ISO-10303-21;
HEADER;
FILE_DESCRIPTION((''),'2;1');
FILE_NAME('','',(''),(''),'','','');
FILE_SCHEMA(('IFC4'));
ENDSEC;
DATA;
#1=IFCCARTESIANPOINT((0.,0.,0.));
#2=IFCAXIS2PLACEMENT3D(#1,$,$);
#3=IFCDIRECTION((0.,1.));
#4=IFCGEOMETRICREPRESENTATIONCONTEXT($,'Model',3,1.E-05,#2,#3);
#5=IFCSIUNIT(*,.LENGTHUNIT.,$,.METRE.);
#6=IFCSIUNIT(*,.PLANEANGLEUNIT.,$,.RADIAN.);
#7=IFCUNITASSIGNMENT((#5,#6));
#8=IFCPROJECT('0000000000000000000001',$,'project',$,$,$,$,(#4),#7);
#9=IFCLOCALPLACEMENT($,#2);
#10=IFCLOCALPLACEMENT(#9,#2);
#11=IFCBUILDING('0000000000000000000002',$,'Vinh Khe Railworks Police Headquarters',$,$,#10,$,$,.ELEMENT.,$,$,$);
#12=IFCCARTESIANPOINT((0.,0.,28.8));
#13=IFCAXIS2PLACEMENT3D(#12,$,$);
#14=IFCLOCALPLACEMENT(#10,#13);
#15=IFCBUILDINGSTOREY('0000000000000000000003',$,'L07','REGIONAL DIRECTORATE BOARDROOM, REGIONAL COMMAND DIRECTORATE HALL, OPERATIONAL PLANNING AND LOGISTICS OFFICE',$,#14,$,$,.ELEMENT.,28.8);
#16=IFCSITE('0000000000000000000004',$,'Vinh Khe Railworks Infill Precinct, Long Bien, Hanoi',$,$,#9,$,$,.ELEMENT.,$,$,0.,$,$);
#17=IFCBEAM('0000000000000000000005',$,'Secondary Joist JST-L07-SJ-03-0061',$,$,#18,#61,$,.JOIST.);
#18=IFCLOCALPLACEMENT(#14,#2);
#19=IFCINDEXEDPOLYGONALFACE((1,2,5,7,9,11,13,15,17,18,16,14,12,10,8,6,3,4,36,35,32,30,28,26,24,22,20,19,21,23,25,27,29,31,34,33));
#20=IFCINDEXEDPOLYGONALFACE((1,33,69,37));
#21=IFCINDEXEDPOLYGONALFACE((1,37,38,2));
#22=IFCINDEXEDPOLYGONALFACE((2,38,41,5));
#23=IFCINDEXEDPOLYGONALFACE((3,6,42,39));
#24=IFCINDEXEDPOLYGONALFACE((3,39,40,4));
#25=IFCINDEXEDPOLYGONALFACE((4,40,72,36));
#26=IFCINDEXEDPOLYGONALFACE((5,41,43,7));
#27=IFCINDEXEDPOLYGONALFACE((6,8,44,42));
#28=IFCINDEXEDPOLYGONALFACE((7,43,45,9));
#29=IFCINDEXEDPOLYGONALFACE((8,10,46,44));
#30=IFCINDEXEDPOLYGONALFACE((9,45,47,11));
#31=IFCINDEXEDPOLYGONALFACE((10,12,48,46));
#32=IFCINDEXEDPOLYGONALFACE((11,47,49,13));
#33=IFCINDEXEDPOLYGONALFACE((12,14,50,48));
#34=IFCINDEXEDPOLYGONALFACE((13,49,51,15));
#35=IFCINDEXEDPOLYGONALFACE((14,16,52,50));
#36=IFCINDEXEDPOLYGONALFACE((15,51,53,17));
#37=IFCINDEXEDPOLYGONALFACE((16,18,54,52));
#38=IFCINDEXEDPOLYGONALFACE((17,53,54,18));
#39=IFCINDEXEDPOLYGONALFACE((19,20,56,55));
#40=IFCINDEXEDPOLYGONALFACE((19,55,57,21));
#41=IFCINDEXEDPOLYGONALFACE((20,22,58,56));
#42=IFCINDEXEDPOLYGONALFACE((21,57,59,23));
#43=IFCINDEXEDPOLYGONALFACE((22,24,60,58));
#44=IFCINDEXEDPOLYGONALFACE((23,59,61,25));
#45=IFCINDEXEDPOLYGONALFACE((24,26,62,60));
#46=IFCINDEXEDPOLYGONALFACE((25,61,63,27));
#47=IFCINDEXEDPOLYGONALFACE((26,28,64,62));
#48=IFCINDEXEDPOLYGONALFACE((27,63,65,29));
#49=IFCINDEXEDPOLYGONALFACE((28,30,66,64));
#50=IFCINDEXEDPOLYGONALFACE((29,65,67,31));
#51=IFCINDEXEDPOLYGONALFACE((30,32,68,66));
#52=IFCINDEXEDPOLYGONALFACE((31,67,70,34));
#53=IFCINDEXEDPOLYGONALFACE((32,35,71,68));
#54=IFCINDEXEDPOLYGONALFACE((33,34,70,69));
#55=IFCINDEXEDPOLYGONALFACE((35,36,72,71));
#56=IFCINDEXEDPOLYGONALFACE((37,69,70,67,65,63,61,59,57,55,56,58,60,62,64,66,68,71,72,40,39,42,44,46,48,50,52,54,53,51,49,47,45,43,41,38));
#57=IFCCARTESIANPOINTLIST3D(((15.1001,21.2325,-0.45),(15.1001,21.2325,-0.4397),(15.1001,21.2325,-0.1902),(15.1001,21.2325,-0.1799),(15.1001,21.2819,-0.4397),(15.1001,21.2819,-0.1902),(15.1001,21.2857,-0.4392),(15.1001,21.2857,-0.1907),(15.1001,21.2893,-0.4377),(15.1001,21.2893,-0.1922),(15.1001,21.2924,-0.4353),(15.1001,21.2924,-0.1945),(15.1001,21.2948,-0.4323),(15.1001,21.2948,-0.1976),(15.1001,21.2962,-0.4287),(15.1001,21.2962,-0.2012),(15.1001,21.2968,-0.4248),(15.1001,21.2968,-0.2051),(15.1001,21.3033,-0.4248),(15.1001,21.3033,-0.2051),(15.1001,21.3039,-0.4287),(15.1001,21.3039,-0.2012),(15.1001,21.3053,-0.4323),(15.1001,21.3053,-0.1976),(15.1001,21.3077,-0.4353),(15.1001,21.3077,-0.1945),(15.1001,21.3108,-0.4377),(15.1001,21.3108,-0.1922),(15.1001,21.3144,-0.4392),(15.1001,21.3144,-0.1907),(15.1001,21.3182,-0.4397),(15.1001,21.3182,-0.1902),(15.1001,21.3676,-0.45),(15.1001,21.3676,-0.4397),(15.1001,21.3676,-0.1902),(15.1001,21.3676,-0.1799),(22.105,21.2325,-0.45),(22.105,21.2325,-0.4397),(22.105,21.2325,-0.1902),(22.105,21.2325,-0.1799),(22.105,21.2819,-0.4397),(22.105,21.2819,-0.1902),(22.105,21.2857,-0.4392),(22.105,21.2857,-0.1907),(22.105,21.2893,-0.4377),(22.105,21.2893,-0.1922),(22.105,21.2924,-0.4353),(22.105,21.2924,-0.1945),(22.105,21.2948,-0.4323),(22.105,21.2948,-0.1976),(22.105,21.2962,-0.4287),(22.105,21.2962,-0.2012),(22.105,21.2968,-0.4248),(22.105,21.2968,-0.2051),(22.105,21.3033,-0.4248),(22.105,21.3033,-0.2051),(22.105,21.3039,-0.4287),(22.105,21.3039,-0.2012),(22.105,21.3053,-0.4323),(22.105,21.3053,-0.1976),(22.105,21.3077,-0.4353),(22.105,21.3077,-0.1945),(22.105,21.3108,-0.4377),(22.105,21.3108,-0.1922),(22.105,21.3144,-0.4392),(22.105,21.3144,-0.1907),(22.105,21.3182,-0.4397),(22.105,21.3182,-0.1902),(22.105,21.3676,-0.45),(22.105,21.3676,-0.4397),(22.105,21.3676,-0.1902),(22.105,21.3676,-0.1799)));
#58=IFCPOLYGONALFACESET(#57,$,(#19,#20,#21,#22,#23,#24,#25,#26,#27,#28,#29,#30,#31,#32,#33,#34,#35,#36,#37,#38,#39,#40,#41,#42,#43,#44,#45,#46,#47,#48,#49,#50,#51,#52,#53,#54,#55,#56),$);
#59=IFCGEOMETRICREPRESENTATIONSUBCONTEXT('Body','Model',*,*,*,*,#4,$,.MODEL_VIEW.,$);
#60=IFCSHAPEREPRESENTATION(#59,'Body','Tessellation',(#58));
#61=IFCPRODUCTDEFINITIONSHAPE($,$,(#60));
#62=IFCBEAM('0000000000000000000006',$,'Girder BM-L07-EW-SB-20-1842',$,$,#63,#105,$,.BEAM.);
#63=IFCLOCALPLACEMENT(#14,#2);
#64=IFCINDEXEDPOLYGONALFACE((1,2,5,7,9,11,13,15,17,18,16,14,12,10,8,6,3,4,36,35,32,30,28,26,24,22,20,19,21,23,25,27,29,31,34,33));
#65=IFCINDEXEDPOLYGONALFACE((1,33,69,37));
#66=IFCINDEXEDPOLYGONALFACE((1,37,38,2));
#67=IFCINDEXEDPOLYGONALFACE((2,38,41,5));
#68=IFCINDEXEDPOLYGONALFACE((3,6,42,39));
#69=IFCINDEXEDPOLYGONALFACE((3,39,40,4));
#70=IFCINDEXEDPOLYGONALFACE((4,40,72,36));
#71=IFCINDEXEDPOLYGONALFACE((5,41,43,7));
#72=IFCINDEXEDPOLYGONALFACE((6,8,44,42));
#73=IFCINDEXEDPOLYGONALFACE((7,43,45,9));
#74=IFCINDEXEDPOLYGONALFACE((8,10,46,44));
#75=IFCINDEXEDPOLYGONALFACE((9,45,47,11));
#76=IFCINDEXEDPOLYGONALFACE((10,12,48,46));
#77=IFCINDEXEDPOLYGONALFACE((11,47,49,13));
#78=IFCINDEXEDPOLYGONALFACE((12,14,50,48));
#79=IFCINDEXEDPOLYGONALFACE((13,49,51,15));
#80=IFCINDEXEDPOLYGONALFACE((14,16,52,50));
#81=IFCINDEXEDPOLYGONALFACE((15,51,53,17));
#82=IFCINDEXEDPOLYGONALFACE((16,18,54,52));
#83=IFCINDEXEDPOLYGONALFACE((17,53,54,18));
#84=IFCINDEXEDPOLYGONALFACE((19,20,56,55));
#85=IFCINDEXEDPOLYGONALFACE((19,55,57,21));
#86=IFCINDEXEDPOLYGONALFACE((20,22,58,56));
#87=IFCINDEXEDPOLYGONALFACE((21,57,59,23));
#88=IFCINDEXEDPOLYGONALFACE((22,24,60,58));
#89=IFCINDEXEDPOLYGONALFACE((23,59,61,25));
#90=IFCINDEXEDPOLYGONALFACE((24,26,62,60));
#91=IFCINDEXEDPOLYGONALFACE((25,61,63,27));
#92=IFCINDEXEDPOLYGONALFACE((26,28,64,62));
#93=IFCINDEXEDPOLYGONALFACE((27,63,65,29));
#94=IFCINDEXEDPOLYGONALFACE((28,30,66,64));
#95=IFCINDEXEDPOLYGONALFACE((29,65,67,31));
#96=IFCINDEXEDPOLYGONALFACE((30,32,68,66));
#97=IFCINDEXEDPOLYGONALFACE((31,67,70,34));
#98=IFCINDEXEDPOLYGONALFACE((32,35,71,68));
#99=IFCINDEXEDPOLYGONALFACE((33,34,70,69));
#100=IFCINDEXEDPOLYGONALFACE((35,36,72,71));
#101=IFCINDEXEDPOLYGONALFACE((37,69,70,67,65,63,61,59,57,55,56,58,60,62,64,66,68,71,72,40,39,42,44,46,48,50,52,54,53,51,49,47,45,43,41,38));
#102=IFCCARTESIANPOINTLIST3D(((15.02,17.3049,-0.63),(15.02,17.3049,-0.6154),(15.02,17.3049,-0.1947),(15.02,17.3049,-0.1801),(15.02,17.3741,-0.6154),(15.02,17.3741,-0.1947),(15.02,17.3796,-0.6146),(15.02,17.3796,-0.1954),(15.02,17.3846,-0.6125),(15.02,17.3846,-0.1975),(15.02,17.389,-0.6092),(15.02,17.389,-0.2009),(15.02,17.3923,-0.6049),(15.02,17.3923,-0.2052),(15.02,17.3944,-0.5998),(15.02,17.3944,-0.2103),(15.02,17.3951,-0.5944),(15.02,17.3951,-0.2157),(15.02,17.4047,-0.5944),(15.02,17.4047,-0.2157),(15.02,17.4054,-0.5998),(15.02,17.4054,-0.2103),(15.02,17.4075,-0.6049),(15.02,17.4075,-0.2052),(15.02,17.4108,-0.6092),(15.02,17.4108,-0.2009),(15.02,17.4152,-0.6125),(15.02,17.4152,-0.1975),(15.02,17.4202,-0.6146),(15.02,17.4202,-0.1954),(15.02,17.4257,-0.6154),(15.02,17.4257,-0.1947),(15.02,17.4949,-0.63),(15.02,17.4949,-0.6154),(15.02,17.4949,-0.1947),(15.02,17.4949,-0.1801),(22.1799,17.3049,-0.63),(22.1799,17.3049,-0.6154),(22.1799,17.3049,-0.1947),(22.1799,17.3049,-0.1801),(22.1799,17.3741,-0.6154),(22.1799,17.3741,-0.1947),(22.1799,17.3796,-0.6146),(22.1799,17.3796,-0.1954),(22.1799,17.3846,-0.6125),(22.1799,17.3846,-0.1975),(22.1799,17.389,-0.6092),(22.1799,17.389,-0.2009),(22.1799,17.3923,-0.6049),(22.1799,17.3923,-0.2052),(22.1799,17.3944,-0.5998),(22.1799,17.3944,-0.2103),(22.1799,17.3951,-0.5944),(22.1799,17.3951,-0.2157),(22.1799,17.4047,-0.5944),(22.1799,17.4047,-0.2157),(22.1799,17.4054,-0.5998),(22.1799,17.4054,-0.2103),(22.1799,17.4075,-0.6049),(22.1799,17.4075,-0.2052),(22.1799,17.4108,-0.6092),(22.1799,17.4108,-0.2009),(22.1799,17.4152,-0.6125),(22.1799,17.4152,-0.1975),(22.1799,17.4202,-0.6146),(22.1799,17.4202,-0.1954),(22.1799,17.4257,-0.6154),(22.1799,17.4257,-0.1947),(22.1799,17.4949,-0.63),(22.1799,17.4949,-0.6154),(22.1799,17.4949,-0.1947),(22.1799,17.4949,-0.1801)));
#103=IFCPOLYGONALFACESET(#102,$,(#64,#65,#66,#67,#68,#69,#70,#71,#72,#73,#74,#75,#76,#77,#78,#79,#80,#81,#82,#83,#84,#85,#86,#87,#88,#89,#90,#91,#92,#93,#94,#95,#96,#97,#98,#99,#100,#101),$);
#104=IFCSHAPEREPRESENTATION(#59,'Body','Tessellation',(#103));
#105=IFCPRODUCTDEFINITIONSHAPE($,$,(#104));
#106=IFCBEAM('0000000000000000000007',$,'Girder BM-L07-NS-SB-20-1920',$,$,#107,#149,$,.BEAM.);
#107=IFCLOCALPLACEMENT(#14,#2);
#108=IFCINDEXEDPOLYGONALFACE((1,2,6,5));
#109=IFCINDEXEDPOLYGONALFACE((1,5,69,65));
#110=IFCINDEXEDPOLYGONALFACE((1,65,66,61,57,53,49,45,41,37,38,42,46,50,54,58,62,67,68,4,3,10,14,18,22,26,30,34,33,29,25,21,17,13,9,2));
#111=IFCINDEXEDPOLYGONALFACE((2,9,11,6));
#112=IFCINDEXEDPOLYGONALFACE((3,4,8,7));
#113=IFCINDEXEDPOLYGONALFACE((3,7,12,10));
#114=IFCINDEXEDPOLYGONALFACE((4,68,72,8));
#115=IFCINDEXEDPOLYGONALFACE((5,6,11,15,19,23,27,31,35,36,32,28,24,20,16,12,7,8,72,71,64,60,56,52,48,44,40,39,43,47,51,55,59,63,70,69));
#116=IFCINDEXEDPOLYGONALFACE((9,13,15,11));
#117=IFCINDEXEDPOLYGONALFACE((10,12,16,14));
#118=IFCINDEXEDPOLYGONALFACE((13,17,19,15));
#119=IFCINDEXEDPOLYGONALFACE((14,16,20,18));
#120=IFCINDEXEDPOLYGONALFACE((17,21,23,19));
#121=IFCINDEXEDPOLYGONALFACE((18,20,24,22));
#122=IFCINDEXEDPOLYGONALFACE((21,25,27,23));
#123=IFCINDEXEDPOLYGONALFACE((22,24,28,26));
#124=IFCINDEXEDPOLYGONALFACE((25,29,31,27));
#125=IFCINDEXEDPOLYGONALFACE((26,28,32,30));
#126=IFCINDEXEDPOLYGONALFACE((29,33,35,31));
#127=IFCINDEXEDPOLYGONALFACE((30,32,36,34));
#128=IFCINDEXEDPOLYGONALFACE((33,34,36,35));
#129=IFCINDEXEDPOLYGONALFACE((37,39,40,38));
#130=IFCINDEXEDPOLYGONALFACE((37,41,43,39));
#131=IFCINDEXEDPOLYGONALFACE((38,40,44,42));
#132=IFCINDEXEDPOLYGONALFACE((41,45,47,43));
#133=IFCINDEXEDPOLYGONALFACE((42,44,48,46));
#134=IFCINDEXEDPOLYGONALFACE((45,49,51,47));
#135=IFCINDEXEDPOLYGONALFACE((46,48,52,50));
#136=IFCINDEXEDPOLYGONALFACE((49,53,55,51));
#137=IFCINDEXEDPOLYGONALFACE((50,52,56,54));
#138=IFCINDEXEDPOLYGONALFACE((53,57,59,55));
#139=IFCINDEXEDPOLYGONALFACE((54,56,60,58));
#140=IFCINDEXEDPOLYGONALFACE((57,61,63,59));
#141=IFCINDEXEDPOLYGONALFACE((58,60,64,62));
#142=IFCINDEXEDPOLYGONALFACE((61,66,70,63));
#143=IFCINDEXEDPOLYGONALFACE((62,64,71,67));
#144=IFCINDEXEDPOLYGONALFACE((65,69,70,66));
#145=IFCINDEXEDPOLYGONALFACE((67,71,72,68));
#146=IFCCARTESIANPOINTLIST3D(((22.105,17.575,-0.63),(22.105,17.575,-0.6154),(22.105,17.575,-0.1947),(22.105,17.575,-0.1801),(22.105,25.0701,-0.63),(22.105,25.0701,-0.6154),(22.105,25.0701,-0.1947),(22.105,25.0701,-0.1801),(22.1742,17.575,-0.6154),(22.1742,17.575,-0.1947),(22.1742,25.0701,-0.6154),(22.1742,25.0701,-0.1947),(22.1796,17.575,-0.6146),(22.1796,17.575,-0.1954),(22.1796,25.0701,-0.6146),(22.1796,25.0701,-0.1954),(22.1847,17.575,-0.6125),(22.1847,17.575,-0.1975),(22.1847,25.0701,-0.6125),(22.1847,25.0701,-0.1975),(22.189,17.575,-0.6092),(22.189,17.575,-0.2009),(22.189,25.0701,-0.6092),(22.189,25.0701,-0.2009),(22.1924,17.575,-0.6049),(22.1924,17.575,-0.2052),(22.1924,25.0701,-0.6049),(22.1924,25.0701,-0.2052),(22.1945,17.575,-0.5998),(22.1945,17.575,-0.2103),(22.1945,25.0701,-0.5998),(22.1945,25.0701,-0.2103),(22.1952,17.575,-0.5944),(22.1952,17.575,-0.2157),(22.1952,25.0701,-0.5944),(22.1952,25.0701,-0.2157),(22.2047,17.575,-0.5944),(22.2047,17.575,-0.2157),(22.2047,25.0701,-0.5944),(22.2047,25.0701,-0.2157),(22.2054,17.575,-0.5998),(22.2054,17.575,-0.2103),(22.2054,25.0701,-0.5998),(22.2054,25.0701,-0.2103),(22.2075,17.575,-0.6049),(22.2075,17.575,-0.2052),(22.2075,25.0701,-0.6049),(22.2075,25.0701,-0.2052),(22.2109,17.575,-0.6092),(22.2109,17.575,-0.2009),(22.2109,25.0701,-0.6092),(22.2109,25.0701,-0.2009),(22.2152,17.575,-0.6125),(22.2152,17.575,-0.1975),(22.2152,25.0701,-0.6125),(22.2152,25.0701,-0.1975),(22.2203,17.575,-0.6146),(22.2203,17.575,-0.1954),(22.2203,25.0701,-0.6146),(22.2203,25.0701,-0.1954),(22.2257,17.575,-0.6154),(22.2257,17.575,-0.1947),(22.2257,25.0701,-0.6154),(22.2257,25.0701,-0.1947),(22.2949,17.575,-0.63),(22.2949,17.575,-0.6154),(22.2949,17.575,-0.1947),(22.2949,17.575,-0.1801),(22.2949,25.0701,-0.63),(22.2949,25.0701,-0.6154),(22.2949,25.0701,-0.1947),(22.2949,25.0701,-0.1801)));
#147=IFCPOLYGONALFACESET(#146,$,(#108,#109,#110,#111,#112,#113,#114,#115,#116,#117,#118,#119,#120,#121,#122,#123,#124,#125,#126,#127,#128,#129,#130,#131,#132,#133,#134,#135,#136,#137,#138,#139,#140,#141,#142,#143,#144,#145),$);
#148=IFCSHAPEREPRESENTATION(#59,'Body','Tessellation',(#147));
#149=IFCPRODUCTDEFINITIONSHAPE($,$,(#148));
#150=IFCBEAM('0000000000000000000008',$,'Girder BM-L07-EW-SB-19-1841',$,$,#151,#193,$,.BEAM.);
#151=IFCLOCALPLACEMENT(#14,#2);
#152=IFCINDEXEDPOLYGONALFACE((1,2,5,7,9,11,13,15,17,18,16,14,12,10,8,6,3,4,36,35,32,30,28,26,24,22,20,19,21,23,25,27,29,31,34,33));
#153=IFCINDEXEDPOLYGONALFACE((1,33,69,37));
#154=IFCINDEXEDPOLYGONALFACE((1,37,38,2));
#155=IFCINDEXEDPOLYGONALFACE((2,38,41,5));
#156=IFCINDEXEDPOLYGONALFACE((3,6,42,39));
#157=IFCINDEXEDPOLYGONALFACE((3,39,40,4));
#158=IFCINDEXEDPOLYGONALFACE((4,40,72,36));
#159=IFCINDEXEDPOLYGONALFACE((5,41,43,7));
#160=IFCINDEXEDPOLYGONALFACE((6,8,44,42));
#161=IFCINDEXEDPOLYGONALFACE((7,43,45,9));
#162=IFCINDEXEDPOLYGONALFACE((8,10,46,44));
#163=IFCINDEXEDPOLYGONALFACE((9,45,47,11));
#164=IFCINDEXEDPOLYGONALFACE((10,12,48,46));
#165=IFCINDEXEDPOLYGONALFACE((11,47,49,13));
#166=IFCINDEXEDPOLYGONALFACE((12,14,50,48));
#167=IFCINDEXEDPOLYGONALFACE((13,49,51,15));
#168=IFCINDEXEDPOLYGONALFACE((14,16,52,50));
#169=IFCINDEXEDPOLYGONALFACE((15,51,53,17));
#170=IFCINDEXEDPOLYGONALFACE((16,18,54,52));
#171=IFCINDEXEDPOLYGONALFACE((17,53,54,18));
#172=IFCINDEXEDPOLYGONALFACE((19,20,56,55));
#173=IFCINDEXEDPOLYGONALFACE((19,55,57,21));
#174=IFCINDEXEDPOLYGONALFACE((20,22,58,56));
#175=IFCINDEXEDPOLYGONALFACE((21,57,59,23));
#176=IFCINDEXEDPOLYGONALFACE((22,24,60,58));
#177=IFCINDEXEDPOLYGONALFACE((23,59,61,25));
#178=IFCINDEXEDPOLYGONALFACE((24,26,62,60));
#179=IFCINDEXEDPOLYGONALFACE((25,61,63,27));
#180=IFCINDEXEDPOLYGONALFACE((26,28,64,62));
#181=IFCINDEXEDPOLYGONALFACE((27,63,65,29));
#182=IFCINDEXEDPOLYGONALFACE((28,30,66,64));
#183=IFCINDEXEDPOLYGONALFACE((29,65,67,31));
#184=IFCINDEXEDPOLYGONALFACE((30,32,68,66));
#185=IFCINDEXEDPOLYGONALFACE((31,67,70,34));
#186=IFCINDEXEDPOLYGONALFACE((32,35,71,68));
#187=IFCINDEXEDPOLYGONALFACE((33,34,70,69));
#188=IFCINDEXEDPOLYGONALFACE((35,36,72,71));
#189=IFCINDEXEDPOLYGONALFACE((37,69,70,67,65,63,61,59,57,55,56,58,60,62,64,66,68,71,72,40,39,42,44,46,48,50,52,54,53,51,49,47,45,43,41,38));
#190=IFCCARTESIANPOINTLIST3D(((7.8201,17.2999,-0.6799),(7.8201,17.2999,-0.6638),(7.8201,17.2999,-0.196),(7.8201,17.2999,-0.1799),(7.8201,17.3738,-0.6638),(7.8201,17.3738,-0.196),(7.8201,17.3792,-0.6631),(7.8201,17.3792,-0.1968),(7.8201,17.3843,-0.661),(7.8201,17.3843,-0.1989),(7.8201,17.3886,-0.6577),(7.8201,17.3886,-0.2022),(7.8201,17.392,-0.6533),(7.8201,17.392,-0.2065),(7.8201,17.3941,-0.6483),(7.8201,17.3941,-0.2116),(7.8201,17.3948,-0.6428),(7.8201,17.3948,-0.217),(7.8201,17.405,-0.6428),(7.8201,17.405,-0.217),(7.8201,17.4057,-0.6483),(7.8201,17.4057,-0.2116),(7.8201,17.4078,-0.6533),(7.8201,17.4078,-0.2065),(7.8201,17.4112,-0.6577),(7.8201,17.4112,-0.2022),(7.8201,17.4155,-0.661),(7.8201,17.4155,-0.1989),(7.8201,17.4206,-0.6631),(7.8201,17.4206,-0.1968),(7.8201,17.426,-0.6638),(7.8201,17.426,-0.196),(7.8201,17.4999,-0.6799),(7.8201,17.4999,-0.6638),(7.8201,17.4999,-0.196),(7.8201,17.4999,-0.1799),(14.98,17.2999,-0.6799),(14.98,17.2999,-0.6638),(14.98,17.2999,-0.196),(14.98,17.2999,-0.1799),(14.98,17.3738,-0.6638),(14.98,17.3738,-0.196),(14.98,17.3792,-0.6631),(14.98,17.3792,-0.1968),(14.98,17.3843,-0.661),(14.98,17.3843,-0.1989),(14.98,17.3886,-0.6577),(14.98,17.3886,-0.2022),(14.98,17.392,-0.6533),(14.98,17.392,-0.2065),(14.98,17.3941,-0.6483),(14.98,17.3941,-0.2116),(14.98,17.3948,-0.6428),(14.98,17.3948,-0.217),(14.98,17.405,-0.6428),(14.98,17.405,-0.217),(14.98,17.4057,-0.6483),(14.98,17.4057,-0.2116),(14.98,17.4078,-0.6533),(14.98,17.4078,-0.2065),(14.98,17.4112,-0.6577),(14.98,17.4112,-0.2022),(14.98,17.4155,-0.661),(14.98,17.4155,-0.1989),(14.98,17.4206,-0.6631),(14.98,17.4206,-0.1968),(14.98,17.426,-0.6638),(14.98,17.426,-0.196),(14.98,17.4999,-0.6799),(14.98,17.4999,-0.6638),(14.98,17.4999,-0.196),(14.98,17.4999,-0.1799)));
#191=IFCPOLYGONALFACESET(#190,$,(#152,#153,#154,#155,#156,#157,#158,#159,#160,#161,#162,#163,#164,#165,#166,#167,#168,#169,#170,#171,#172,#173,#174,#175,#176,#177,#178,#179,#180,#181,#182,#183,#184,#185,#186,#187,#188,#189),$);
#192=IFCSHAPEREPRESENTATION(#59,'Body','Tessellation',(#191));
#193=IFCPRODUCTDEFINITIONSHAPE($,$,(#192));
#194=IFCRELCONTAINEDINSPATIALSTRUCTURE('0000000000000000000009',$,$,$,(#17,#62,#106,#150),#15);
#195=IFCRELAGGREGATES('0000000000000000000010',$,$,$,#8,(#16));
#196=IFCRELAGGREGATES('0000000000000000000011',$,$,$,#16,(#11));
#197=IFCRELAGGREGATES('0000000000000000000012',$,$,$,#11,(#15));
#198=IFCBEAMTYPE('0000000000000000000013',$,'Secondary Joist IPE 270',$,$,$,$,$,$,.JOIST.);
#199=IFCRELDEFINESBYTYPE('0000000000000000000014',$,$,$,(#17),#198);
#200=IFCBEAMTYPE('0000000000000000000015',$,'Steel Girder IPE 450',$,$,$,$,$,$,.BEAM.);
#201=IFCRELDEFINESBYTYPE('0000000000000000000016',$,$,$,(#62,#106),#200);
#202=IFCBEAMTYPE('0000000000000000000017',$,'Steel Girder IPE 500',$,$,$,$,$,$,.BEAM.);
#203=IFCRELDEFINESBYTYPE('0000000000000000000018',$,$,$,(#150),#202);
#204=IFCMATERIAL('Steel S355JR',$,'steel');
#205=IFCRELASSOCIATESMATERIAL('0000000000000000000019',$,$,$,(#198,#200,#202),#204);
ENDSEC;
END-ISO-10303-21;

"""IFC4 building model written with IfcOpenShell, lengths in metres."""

from ifc_helpers import new_model, si_unit, direction, frame, origin, origin_2d, place, context, subcontext, project, spatial, i_section, extrude, material, material_profile, profile_set, type_object, element, save


model = new_model("IFC4")

# Units and contexts
model_context = context("Model", 3, precision=1e-05, world=origin(), true_north=direction((0.0, 1.0)))
body_context = subcontext(model_context, "Body", "Model", "MODEL_VIEW")
ifc_project = project(units=[si_unit("LENGTHUNIT", "METRE"), si_unit("PLANEANGLEUNIT", "RADIAN")], contexts=[model_context])

# Site, building, storey
site_placement = place(None, origin())
site = spatial("IfcSite", under=ifc_project, at=site_placement, Name="Vinh Khe Railworks Infill Precinct, Long Bien, Hanoi", CompositionType="ELEMENT", RefElevation=0.0)
building_placement = place(site_placement, origin())
building = spatial("IfcBuilding", under=site, at=building_placement, Name="Vinh Khe Railworks Police Headquarters", CompositionType="ELEMENT")
storey_placement = place(building_placement, frame((0.0, 0.0, 28.8)))
storey = spatial("IfcBuildingStorey", under=building, at=storey_placement, Name="L07", Description="REGIONAL DIRECTORATE BOARDROOM, REGIONAL COMMAND DIRECTORATE HALL, OPERATIONAL PLANNING AND LOGISTICS OFFICE", CompositionType="ELEMENT", Elevation=28.8)

# Shared definitions
ifc_material_1 = material(Name="Steel S355JR", Category="steel")

# Beams
ifc_material_profile_1 = material_profile(ifc_material_1, i_section(OverallWidth=0.135, OverallDepth=0.27, WebThickness=0.0066, FlangeThickness=0.0103, FilletRadius=0.0149, at=origin_2d()), Name="IPE 270")
ifc_profile_set_1 = profile_set([ifc_material_profile_1], Name="Steel S355JR")
beam_type_1 = type_object("IfcBeamType", Name="Secondary Joist IPE 270", PredefinedType="JOIST", material=ifc_profile_set_1)
beam_1_placement = place(storey_placement, frame((15.1001, 21.3, -0.3149), z_axis=(1.0, 0.0, 0.0), x_axis=(0.0, 1.0, 0.0)))
element("IfcBeam", 1, at=beam_1_placement, inside=storey, type_object=beam_type_1, Name="Secondary Joist JST-L07-SJ-03-0061", PredefinedType="JOIST", context=body_context, shape_type="SweptSolid", body=[
    extrude(i_section(OverallWidth=0.135, OverallDepth=0.27, WebThickness=0.0066, FlangeThickness=0.0103, FilletRadius=0.0149, at=origin_2d()), origin(), (0.0, 0.0, 1.0), 7.0049),
])
ifc_material_profile_2 = material_profile(ifc_material_1, i_section(OverallWidth=0.1899, OverallDepth=0.45, WebThickness=0.0095, FlangeThickness=0.0146, FilletRadius=0.021, at=origin_2d()), Name="IPE 450")
ifc_profile_set_2 = profile_set([ifc_material_profile_2], Name="Steel S355JR")
beam_type_2 = type_object("IfcBeamType", Name="Steel Girder IPE 450", PredefinedType="BEAM", material=ifc_profile_set_2)
beam_2_placement = place(storey_placement, frame((15.02, 17.3999, -0.405), z_axis=(1.0, 0.0, 0.0), x_axis=(0.0, 1.0, 0.0)))
element("IfcBeam", 2, at=beam_2_placement, inside=storey, type_object=beam_type_2, Name="Girder BM-L07-EW-SB-20-1842", PredefinedType="BEAM", context=body_context, shape_type="SweptSolid", body=[
    extrude(i_section(OverallWidth=0.1899, OverallDepth=0.45, WebThickness=0.0095, FlangeThickness=0.0146, FilletRadius=0.021, at=origin_2d()), origin(), (0.0, 0.0, 1.0), 7.1599),
])
beam_3_placement = place(storey_placement, frame((22.2, 17.575, -0.405), z_axis=(0.0, 1.0, 0.0), x_axis=(-1.0, 0.0, 0.0)))
element("IfcBeam", 3, at=beam_3_placement, inside=storey, type_object=beam_type_2, Name="Girder BM-L07-NS-SB-20-1920", PredefinedType="BEAM", context=body_context, shape_type="SweptSolid", body=[
    extrude(i_section(OverallWidth=0.1899, OverallDepth=0.45, WebThickness=0.0095, FlangeThickness=0.0146, FilletRadius=0.021, at=origin_2d()), origin(), (0.0, 0.0, 1.0), 7.4951),
])
ifc_material_profile_3 = material_profile(ifc_material_1, i_section(OverallWidth=0.2, OverallDepth=0.5, WebThickness=0.0103, FlangeThickness=0.0161, FilletRadius=0.021, at=origin_2d()), Name="IPE 500")
ifc_profile_set_3 = profile_set([ifc_material_profile_3], Name="Steel S355JR")
beam_type_3 = type_object("IfcBeamType", Name="Steel Girder IPE 500", PredefinedType="BEAM", material=ifc_profile_set_3)
beam_4_placement = place(storey_placement, frame((7.8201, 17.3999, -0.4299), z_axis=(1.0, 0.0, 0.0), x_axis=(0.0, 1.0, 0.0)))
element("IfcBeam", 4, at=beam_4_placement, inside=storey, type_object=beam_type_3, Name="Girder BM-L07-EW-SB-19-1841", PredefinedType="BEAM", context=body_context, shape_type="SweptSolid", body=[
    extrude(i_section(OverallWidth=0.2, OverallDepth=0.5, WebThickness=0.0103, FlangeThickness=0.0161, FilletRadius=0.021, at=origin_2d()), origin(), (0.0, 0.0, 1.0), 7.1599),
])

save(model, "model.ifc")
